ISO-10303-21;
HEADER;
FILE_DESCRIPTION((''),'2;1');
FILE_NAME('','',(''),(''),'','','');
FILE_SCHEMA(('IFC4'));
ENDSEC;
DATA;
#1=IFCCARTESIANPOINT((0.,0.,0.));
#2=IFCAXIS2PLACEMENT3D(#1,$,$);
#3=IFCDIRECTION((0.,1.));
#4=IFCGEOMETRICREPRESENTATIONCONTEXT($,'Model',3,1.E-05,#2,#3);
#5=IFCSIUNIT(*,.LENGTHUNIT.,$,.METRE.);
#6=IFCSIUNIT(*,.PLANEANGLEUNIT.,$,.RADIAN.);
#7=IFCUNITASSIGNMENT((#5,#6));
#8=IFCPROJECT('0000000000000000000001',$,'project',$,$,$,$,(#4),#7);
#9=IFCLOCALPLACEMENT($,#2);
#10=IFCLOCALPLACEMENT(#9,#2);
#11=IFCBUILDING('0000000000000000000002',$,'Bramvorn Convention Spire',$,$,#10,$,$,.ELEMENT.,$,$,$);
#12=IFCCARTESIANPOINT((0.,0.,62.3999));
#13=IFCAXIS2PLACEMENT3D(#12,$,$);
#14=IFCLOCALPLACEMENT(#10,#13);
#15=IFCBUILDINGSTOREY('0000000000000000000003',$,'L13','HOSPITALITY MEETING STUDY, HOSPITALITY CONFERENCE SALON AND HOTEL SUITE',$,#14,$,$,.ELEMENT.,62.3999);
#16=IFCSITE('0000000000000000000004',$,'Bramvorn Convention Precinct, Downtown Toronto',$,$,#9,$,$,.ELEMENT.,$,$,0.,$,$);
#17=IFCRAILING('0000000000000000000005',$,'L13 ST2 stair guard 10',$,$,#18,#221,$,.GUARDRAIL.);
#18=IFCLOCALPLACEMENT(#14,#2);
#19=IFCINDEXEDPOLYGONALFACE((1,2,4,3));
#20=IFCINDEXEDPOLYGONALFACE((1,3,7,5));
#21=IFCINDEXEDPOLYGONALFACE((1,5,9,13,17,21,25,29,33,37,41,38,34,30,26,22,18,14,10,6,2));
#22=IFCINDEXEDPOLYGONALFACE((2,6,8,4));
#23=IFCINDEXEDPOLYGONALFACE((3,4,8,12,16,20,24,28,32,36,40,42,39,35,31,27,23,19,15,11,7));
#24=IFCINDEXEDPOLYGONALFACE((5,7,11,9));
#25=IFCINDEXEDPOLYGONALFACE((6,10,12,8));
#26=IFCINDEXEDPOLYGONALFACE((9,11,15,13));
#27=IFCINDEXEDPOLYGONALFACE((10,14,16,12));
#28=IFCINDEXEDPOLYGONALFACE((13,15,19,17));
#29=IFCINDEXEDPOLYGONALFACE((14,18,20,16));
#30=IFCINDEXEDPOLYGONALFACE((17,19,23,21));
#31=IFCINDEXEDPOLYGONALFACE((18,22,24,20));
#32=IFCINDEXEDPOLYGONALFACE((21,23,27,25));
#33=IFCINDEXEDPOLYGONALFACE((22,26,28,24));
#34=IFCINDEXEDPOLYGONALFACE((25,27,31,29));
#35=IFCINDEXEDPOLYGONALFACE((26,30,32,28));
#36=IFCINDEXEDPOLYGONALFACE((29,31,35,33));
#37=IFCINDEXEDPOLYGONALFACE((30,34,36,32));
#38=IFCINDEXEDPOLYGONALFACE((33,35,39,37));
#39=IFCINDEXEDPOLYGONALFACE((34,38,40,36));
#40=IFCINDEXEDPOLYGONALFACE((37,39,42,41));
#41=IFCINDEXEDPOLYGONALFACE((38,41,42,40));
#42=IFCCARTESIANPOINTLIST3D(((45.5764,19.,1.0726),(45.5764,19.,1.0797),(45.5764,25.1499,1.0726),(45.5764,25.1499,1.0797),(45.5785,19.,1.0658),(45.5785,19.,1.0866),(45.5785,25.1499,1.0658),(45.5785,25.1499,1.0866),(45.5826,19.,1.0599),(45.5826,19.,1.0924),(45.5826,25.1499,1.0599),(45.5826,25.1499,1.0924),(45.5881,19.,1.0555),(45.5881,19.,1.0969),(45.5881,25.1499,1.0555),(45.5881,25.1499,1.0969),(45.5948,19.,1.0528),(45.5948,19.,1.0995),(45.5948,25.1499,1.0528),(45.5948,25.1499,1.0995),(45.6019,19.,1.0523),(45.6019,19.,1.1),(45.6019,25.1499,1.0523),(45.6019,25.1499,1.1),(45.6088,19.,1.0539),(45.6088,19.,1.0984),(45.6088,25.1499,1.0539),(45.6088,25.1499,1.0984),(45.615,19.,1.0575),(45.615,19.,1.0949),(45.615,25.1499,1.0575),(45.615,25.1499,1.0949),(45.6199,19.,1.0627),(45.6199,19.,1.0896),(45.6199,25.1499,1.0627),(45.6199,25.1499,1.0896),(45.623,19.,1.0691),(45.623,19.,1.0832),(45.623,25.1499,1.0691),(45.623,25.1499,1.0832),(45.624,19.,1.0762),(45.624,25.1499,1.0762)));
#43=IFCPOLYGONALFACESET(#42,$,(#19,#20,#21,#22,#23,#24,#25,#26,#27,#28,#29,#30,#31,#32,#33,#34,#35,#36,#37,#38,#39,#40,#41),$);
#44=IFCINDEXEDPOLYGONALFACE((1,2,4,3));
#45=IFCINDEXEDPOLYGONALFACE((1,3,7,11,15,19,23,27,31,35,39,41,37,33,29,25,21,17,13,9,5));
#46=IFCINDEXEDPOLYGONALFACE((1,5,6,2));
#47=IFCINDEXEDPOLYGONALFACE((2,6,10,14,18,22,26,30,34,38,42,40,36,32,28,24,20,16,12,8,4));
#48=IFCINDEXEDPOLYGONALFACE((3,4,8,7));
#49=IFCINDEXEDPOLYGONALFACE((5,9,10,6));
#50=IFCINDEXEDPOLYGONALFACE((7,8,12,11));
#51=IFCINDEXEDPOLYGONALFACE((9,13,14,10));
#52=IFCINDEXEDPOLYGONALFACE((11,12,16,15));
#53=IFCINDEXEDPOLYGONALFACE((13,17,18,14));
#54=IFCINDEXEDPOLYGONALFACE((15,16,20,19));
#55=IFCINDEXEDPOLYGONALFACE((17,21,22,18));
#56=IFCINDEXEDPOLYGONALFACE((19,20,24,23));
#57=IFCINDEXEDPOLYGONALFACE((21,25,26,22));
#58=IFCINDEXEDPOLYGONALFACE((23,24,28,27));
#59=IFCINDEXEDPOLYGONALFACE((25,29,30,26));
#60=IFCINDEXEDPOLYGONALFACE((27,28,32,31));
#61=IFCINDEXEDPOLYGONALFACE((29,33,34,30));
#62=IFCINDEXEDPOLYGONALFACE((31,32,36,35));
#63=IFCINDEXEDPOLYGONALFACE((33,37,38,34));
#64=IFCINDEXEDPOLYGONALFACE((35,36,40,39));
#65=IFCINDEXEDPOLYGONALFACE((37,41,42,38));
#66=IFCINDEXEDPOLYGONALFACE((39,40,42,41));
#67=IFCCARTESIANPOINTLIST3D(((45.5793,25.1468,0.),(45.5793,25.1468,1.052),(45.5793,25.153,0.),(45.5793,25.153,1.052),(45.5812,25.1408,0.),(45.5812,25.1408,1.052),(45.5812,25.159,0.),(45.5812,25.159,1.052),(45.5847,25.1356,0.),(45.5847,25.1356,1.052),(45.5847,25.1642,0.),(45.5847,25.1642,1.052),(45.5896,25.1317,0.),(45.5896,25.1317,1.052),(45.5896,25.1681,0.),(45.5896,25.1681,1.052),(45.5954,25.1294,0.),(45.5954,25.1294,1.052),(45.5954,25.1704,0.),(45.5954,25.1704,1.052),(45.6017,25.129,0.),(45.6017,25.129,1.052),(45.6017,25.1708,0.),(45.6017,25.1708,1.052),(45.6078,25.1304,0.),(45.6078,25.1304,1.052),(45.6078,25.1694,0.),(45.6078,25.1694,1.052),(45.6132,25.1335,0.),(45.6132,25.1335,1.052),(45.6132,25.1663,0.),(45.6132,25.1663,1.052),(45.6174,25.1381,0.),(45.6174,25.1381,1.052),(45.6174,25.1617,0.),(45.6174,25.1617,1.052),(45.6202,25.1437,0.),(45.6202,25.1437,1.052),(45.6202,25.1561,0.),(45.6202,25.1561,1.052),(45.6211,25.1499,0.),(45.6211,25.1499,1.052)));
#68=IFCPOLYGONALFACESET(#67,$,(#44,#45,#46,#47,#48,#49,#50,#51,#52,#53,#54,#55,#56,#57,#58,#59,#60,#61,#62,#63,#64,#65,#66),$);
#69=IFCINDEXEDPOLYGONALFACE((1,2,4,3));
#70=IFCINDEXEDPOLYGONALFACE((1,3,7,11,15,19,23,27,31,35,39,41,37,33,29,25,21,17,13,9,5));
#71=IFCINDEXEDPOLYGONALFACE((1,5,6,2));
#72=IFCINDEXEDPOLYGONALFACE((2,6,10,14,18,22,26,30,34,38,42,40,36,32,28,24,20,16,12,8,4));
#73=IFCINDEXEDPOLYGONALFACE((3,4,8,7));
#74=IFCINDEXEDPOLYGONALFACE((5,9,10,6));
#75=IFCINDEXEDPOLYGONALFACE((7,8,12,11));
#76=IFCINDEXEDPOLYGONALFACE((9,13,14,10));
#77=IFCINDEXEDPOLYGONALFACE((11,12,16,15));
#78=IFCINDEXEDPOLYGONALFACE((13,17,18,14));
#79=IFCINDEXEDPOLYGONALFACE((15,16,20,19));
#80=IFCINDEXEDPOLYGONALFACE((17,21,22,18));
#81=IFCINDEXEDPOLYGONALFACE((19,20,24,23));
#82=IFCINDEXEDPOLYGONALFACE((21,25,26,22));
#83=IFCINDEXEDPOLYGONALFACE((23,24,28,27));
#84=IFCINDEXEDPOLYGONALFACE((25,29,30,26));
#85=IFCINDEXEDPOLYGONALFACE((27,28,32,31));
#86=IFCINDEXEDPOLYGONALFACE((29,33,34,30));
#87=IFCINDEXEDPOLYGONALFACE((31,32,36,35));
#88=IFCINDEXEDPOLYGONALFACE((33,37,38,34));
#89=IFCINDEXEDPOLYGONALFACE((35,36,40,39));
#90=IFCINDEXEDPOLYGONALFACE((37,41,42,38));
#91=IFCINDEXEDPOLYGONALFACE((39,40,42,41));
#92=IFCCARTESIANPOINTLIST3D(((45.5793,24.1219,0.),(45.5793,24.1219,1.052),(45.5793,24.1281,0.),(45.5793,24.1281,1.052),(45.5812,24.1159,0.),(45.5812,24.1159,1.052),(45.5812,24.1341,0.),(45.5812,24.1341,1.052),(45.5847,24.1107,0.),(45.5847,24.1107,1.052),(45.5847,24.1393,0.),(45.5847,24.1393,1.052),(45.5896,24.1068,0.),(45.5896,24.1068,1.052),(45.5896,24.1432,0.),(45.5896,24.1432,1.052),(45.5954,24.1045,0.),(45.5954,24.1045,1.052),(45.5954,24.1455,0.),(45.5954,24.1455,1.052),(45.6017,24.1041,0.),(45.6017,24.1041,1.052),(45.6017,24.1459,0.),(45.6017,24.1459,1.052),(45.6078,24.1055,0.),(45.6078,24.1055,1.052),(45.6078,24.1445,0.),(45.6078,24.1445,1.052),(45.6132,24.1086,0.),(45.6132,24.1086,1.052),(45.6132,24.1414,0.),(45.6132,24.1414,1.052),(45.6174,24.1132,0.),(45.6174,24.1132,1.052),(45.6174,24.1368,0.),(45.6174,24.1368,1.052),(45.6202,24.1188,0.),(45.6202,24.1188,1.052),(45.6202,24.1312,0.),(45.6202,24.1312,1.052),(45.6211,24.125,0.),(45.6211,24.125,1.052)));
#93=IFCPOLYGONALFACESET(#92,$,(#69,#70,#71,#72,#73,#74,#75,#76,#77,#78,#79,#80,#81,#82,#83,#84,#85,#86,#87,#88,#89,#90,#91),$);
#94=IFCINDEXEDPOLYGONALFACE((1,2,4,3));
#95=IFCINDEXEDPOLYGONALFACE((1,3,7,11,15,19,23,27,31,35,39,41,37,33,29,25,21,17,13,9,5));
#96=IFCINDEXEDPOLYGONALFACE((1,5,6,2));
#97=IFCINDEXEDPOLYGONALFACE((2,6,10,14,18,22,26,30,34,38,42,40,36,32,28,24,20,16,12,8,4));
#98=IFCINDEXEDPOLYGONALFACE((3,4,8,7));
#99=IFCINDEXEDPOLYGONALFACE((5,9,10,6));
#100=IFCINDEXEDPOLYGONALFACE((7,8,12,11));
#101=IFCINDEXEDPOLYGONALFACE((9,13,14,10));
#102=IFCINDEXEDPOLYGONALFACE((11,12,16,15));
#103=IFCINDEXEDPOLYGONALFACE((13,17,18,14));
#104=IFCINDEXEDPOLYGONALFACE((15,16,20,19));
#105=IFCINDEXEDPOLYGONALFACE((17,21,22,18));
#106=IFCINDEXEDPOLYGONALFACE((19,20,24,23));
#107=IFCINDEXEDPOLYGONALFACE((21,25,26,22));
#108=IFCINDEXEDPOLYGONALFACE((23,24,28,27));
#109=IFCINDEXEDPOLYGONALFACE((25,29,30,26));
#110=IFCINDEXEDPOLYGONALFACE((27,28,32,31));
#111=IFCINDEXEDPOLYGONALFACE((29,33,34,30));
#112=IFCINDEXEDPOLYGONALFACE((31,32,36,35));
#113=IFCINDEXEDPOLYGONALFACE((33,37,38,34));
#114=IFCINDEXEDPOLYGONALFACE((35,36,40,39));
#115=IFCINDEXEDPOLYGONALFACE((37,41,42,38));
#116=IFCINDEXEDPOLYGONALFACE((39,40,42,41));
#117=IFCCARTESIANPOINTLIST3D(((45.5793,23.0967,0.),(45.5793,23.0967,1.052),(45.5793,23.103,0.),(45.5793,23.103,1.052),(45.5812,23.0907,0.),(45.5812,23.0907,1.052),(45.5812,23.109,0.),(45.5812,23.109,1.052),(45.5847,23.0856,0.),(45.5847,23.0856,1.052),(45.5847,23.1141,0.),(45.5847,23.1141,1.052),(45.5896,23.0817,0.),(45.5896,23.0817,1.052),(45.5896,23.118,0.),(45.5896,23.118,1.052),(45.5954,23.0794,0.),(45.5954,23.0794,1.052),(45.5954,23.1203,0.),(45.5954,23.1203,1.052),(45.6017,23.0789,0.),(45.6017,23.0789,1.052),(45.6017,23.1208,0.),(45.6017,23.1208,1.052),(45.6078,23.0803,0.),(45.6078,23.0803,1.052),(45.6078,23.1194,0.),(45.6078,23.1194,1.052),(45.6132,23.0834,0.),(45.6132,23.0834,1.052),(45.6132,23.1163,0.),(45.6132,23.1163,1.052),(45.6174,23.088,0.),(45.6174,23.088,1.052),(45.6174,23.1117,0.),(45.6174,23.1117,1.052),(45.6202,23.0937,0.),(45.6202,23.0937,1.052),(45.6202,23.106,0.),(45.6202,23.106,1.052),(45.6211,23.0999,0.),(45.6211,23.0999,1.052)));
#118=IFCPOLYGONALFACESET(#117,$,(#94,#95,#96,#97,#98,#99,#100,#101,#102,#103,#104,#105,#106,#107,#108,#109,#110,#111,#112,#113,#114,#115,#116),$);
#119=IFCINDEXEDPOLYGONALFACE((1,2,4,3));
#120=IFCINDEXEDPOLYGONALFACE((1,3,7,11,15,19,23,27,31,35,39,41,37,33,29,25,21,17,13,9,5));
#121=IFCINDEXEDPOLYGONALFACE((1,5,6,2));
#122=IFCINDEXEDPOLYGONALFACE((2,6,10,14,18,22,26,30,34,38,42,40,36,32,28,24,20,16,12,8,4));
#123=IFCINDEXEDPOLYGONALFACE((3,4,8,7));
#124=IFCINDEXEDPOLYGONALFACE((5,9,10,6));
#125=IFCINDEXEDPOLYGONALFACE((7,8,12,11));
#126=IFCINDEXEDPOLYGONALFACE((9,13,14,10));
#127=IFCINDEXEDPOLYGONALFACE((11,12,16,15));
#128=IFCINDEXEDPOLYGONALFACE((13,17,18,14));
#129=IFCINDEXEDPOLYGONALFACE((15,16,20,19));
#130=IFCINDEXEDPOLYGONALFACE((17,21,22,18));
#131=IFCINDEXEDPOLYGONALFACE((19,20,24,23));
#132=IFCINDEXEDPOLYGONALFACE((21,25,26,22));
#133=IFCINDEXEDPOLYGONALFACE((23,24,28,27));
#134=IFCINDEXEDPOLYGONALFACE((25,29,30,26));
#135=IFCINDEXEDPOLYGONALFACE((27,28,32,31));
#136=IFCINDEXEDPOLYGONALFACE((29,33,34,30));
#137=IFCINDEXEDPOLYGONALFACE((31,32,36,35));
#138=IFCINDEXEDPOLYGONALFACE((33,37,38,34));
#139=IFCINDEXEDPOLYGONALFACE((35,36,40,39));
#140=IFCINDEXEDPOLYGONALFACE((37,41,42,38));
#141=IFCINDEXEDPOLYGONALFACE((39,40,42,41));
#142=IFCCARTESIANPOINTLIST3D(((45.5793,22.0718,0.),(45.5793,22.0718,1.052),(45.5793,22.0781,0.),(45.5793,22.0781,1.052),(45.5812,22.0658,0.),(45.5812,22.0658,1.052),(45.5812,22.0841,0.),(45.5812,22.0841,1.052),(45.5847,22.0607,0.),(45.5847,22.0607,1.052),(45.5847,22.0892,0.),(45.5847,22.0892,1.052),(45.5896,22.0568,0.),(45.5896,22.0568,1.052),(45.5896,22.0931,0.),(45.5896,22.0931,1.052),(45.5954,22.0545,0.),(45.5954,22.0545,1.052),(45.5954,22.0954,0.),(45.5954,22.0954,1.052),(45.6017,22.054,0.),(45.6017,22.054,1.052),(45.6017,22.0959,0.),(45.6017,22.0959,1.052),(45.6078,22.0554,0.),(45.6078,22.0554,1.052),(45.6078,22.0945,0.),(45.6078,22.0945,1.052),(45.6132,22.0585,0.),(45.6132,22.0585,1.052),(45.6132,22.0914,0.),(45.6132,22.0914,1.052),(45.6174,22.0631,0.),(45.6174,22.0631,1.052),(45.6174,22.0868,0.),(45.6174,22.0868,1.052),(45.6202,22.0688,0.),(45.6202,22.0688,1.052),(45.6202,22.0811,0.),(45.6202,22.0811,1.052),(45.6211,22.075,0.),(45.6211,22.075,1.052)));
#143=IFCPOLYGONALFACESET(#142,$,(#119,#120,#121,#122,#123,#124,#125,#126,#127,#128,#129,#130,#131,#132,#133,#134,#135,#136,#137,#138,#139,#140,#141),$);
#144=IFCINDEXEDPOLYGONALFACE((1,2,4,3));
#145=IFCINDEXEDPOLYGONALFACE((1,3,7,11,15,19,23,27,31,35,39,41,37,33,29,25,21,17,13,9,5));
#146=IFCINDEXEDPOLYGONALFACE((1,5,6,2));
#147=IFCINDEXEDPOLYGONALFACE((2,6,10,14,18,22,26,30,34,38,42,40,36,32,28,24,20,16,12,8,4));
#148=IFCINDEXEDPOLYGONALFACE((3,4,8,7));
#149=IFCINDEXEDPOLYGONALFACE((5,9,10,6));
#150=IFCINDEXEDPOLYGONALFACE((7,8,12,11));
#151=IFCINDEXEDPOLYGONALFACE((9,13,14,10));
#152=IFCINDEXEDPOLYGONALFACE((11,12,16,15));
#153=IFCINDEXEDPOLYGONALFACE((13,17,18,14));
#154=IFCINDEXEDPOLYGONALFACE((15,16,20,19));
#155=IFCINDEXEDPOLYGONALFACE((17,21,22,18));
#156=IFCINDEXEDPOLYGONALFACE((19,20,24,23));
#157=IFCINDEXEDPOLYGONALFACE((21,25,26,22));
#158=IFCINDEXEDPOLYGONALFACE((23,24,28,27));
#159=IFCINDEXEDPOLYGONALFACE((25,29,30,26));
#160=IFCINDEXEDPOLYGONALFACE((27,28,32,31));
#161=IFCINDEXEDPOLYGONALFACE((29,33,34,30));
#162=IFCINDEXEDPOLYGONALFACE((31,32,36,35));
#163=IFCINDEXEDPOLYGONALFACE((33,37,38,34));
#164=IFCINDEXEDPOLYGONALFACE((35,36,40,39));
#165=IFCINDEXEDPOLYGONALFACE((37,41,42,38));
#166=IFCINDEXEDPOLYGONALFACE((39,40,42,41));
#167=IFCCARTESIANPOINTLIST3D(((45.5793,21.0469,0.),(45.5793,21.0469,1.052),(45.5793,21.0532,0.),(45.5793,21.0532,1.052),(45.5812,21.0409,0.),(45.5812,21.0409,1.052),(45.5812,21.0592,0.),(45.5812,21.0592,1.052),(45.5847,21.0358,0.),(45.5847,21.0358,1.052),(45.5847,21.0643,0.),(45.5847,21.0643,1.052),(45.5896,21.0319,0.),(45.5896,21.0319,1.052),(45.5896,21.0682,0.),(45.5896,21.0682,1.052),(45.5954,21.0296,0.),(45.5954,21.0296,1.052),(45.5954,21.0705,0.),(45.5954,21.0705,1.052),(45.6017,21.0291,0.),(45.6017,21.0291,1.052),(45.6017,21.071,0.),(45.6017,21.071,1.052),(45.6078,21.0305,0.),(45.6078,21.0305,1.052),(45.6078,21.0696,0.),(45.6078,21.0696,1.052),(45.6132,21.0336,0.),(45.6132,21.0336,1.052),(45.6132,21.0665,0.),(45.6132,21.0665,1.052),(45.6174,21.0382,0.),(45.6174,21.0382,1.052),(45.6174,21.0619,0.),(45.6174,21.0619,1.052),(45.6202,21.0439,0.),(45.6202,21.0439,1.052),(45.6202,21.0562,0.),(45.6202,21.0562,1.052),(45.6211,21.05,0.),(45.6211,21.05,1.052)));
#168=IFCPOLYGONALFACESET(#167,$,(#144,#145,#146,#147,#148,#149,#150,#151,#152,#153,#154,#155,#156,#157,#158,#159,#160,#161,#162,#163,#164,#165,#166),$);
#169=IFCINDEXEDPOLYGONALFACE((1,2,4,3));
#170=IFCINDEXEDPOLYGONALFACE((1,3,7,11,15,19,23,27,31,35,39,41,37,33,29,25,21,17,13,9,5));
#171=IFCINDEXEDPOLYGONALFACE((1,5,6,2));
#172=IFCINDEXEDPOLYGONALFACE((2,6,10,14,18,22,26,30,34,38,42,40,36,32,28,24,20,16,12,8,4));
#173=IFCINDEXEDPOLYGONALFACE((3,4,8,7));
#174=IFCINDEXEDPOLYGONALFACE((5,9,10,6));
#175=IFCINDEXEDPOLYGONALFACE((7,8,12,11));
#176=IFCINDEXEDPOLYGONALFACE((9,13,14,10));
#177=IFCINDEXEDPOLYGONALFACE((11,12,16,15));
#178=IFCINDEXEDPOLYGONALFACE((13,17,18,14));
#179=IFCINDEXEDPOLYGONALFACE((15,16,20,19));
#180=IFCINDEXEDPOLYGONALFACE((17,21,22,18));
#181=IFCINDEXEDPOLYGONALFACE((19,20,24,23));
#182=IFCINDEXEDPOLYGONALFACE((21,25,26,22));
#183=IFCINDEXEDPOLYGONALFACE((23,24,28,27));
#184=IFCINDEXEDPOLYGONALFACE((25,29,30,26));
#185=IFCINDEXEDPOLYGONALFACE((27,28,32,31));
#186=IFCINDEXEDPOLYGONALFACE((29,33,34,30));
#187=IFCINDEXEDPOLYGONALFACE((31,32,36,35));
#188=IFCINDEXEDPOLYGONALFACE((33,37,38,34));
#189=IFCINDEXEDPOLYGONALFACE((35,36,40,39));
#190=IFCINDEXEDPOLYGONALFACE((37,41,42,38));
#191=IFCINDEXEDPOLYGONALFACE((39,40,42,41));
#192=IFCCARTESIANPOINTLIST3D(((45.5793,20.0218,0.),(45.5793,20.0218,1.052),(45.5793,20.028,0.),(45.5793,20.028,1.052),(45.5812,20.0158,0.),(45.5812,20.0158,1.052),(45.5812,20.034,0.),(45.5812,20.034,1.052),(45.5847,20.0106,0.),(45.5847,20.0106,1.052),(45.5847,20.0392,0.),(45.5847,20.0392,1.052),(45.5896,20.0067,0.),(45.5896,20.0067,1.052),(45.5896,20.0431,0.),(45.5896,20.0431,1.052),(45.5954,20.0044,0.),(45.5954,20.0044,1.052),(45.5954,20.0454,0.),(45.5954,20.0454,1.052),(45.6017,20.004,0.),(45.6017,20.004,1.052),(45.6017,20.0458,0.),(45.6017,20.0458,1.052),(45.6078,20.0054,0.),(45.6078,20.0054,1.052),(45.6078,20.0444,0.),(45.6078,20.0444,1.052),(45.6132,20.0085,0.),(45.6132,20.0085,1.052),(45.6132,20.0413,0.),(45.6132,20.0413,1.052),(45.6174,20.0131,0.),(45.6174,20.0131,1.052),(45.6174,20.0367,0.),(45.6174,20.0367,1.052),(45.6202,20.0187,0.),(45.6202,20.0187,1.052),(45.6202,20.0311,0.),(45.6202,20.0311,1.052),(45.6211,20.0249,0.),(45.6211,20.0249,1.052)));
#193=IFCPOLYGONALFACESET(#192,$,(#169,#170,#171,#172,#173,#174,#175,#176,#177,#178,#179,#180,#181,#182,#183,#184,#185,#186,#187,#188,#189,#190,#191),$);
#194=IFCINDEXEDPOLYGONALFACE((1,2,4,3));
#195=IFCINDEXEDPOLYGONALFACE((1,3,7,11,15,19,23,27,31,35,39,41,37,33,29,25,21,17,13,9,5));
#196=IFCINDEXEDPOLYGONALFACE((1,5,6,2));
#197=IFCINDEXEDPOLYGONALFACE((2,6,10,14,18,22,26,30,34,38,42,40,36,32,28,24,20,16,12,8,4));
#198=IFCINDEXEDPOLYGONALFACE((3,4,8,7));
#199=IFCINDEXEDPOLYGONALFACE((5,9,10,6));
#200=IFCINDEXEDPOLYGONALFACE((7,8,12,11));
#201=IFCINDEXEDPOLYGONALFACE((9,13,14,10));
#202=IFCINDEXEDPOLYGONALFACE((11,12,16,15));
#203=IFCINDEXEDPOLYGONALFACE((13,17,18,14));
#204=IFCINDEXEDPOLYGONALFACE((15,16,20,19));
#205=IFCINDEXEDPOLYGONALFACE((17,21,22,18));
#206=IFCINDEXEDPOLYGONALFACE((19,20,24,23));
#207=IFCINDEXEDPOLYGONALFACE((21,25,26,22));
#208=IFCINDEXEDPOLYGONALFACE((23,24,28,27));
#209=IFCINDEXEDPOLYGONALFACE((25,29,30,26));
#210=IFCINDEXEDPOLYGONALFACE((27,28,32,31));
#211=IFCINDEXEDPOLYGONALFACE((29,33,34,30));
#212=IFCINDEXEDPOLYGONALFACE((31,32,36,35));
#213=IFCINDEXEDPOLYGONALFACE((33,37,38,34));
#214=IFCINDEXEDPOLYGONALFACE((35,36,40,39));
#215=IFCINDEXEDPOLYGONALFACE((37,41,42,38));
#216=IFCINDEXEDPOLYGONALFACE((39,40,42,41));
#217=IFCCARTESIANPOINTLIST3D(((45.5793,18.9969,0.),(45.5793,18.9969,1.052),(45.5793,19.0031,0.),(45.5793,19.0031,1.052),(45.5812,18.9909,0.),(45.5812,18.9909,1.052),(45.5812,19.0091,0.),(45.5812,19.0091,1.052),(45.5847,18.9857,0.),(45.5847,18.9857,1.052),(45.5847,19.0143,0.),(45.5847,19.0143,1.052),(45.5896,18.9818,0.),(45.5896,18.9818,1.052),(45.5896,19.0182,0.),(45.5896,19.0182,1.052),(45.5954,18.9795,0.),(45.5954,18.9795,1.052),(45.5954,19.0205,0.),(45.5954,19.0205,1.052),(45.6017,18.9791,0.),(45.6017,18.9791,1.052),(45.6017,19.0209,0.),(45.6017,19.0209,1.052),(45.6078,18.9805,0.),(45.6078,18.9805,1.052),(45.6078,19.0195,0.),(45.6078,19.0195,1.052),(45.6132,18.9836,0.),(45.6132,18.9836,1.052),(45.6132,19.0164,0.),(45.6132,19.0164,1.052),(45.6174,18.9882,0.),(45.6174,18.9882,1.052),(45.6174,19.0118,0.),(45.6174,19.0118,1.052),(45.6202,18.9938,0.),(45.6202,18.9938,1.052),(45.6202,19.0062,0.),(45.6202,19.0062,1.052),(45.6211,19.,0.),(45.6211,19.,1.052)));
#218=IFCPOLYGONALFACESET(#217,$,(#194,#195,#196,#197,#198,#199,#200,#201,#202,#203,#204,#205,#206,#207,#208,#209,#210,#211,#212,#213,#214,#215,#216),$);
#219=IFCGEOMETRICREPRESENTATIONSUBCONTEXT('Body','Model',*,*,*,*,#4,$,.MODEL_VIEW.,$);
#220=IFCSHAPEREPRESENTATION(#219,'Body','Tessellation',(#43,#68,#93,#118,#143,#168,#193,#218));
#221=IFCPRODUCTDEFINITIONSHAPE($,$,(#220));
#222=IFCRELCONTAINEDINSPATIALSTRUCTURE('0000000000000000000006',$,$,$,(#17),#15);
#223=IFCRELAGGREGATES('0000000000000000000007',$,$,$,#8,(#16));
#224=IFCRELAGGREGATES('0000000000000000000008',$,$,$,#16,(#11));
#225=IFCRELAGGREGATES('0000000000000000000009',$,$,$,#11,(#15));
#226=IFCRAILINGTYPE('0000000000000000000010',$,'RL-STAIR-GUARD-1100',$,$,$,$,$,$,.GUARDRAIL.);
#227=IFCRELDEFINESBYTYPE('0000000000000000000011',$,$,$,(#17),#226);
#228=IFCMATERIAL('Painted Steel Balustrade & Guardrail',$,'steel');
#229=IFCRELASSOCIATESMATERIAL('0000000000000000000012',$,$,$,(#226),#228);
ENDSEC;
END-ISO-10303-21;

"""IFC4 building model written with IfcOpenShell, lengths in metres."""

from ifc_helpers import new_model, si_unit, direction, frame, origin, origin_2d, place, context, subcontext, project, spatial, circle, extrude, material, type_object, element, save


model = new_model("IFC4")

# Units and contexts
model_context = context("Model", 3, precision=1e-05, world=origin(), true_north=direction((0.0, 1.0)))
body_context = subcontext(model_context, "Body", "Model", "MODEL_VIEW")
ifc_project = project(units=[si_unit("LENGTHUNIT", "METRE"), si_unit("PLANEANGLEUNIT", "RADIAN")], contexts=[model_context])

# Site, building, storey
site_placement = place(None, origin())
site = spatial("IfcSite", under=ifc_project, at=site_placement, Name="Bramvorn Convention Precinct, Downtown Toronto", CompositionType="ELEMENT", RefElevation=0.0)
building_placement = place(site_placement, origin())
building = spatial("IfcBuilding", under=site, at=building_placement, Name="Bramvorn Convention Spire", CompositionType="ELEMENT")
storey_placement = place(building_placement, frame((0.0, 0.0, 62.3999)))
storey = spatial("IfcBuildingStorey", under=building, at=storey_placement, Name="L13", Description="HOSPITALITY MEETING STUDY, HOSPITALITY CONFERENCE SALON AND HOTEL SUITE", CompositionType="ELEMENT", Elevation=62.3999)

# Railing
ifc_material_1 = material(Name="Painted Steel Balustrade & Guardrail", Category="steel")
railing_type_1 = type_object("IfcRailingType", Name="RL-STAIR-GUARD-1100", PredefinedType="GUARDRAIL", material=ifc_material_1)
railing_1_placement = place(storey_placement, frame((45.6001, 25.1499, 0.0)))
element("IfcRailing", 1, at=railing_1_placement, inside=storey, type_object=railing_type_1, Name="L13 ST2 stair guard 10", PredefinedType="GUARDRAIL", context=body_context, shape_type="SweptSolid", body=[
    extrude(circle(Radius=0.0239, at=origin_2d()), frame((0.0, 0.0, 1.0762), z_axis=(0.0, -1.0, 0.0), x_axis=(1.0, 0.0, 0.0)), (0.0, 0.0, 1.0), 6.1499),
    extrude(circle(Radius=0.021, at=origin_2d()), origin(), (0.0, 0.0, 1.0), 1.052),
    extrude(circle(Radius=0.021, at=origin_2d()), frame((0.0, -1.0249, 0.0)), (0.0, 0.0, 1.0), 1.052),
    extrude(circle(Radius=0.021, at=origin_2d()), frame((0.0, -2.05, 0.0)), (0.0, 0.0, 1.0), 1.052),
    extrude(circle(Radius=0.021, at=origin_2d()), frame((0.0, -3.075, 0.0)), (0.0, 0.0, 1.0), 1.052),
    extrude(circle(Radius=0.021, at=origin_2d()), frame((0.0, -4.0999, 0.0)), (0.0, 0.0, 1.0), 1.052),
    extrude(circle(Radius=0.021, at=origin_2d()), frame((0.0, -5.125, 0.0)), (0.0, 0.0, 1.0), 1.052),
    extrude(circle(Radius=0.021, at=origin_2d()), frame((0.0, -6.1499, 0.0)), (0.0, 0.0, 1.0), 1.052),
])

save(model, "model.ifc")
